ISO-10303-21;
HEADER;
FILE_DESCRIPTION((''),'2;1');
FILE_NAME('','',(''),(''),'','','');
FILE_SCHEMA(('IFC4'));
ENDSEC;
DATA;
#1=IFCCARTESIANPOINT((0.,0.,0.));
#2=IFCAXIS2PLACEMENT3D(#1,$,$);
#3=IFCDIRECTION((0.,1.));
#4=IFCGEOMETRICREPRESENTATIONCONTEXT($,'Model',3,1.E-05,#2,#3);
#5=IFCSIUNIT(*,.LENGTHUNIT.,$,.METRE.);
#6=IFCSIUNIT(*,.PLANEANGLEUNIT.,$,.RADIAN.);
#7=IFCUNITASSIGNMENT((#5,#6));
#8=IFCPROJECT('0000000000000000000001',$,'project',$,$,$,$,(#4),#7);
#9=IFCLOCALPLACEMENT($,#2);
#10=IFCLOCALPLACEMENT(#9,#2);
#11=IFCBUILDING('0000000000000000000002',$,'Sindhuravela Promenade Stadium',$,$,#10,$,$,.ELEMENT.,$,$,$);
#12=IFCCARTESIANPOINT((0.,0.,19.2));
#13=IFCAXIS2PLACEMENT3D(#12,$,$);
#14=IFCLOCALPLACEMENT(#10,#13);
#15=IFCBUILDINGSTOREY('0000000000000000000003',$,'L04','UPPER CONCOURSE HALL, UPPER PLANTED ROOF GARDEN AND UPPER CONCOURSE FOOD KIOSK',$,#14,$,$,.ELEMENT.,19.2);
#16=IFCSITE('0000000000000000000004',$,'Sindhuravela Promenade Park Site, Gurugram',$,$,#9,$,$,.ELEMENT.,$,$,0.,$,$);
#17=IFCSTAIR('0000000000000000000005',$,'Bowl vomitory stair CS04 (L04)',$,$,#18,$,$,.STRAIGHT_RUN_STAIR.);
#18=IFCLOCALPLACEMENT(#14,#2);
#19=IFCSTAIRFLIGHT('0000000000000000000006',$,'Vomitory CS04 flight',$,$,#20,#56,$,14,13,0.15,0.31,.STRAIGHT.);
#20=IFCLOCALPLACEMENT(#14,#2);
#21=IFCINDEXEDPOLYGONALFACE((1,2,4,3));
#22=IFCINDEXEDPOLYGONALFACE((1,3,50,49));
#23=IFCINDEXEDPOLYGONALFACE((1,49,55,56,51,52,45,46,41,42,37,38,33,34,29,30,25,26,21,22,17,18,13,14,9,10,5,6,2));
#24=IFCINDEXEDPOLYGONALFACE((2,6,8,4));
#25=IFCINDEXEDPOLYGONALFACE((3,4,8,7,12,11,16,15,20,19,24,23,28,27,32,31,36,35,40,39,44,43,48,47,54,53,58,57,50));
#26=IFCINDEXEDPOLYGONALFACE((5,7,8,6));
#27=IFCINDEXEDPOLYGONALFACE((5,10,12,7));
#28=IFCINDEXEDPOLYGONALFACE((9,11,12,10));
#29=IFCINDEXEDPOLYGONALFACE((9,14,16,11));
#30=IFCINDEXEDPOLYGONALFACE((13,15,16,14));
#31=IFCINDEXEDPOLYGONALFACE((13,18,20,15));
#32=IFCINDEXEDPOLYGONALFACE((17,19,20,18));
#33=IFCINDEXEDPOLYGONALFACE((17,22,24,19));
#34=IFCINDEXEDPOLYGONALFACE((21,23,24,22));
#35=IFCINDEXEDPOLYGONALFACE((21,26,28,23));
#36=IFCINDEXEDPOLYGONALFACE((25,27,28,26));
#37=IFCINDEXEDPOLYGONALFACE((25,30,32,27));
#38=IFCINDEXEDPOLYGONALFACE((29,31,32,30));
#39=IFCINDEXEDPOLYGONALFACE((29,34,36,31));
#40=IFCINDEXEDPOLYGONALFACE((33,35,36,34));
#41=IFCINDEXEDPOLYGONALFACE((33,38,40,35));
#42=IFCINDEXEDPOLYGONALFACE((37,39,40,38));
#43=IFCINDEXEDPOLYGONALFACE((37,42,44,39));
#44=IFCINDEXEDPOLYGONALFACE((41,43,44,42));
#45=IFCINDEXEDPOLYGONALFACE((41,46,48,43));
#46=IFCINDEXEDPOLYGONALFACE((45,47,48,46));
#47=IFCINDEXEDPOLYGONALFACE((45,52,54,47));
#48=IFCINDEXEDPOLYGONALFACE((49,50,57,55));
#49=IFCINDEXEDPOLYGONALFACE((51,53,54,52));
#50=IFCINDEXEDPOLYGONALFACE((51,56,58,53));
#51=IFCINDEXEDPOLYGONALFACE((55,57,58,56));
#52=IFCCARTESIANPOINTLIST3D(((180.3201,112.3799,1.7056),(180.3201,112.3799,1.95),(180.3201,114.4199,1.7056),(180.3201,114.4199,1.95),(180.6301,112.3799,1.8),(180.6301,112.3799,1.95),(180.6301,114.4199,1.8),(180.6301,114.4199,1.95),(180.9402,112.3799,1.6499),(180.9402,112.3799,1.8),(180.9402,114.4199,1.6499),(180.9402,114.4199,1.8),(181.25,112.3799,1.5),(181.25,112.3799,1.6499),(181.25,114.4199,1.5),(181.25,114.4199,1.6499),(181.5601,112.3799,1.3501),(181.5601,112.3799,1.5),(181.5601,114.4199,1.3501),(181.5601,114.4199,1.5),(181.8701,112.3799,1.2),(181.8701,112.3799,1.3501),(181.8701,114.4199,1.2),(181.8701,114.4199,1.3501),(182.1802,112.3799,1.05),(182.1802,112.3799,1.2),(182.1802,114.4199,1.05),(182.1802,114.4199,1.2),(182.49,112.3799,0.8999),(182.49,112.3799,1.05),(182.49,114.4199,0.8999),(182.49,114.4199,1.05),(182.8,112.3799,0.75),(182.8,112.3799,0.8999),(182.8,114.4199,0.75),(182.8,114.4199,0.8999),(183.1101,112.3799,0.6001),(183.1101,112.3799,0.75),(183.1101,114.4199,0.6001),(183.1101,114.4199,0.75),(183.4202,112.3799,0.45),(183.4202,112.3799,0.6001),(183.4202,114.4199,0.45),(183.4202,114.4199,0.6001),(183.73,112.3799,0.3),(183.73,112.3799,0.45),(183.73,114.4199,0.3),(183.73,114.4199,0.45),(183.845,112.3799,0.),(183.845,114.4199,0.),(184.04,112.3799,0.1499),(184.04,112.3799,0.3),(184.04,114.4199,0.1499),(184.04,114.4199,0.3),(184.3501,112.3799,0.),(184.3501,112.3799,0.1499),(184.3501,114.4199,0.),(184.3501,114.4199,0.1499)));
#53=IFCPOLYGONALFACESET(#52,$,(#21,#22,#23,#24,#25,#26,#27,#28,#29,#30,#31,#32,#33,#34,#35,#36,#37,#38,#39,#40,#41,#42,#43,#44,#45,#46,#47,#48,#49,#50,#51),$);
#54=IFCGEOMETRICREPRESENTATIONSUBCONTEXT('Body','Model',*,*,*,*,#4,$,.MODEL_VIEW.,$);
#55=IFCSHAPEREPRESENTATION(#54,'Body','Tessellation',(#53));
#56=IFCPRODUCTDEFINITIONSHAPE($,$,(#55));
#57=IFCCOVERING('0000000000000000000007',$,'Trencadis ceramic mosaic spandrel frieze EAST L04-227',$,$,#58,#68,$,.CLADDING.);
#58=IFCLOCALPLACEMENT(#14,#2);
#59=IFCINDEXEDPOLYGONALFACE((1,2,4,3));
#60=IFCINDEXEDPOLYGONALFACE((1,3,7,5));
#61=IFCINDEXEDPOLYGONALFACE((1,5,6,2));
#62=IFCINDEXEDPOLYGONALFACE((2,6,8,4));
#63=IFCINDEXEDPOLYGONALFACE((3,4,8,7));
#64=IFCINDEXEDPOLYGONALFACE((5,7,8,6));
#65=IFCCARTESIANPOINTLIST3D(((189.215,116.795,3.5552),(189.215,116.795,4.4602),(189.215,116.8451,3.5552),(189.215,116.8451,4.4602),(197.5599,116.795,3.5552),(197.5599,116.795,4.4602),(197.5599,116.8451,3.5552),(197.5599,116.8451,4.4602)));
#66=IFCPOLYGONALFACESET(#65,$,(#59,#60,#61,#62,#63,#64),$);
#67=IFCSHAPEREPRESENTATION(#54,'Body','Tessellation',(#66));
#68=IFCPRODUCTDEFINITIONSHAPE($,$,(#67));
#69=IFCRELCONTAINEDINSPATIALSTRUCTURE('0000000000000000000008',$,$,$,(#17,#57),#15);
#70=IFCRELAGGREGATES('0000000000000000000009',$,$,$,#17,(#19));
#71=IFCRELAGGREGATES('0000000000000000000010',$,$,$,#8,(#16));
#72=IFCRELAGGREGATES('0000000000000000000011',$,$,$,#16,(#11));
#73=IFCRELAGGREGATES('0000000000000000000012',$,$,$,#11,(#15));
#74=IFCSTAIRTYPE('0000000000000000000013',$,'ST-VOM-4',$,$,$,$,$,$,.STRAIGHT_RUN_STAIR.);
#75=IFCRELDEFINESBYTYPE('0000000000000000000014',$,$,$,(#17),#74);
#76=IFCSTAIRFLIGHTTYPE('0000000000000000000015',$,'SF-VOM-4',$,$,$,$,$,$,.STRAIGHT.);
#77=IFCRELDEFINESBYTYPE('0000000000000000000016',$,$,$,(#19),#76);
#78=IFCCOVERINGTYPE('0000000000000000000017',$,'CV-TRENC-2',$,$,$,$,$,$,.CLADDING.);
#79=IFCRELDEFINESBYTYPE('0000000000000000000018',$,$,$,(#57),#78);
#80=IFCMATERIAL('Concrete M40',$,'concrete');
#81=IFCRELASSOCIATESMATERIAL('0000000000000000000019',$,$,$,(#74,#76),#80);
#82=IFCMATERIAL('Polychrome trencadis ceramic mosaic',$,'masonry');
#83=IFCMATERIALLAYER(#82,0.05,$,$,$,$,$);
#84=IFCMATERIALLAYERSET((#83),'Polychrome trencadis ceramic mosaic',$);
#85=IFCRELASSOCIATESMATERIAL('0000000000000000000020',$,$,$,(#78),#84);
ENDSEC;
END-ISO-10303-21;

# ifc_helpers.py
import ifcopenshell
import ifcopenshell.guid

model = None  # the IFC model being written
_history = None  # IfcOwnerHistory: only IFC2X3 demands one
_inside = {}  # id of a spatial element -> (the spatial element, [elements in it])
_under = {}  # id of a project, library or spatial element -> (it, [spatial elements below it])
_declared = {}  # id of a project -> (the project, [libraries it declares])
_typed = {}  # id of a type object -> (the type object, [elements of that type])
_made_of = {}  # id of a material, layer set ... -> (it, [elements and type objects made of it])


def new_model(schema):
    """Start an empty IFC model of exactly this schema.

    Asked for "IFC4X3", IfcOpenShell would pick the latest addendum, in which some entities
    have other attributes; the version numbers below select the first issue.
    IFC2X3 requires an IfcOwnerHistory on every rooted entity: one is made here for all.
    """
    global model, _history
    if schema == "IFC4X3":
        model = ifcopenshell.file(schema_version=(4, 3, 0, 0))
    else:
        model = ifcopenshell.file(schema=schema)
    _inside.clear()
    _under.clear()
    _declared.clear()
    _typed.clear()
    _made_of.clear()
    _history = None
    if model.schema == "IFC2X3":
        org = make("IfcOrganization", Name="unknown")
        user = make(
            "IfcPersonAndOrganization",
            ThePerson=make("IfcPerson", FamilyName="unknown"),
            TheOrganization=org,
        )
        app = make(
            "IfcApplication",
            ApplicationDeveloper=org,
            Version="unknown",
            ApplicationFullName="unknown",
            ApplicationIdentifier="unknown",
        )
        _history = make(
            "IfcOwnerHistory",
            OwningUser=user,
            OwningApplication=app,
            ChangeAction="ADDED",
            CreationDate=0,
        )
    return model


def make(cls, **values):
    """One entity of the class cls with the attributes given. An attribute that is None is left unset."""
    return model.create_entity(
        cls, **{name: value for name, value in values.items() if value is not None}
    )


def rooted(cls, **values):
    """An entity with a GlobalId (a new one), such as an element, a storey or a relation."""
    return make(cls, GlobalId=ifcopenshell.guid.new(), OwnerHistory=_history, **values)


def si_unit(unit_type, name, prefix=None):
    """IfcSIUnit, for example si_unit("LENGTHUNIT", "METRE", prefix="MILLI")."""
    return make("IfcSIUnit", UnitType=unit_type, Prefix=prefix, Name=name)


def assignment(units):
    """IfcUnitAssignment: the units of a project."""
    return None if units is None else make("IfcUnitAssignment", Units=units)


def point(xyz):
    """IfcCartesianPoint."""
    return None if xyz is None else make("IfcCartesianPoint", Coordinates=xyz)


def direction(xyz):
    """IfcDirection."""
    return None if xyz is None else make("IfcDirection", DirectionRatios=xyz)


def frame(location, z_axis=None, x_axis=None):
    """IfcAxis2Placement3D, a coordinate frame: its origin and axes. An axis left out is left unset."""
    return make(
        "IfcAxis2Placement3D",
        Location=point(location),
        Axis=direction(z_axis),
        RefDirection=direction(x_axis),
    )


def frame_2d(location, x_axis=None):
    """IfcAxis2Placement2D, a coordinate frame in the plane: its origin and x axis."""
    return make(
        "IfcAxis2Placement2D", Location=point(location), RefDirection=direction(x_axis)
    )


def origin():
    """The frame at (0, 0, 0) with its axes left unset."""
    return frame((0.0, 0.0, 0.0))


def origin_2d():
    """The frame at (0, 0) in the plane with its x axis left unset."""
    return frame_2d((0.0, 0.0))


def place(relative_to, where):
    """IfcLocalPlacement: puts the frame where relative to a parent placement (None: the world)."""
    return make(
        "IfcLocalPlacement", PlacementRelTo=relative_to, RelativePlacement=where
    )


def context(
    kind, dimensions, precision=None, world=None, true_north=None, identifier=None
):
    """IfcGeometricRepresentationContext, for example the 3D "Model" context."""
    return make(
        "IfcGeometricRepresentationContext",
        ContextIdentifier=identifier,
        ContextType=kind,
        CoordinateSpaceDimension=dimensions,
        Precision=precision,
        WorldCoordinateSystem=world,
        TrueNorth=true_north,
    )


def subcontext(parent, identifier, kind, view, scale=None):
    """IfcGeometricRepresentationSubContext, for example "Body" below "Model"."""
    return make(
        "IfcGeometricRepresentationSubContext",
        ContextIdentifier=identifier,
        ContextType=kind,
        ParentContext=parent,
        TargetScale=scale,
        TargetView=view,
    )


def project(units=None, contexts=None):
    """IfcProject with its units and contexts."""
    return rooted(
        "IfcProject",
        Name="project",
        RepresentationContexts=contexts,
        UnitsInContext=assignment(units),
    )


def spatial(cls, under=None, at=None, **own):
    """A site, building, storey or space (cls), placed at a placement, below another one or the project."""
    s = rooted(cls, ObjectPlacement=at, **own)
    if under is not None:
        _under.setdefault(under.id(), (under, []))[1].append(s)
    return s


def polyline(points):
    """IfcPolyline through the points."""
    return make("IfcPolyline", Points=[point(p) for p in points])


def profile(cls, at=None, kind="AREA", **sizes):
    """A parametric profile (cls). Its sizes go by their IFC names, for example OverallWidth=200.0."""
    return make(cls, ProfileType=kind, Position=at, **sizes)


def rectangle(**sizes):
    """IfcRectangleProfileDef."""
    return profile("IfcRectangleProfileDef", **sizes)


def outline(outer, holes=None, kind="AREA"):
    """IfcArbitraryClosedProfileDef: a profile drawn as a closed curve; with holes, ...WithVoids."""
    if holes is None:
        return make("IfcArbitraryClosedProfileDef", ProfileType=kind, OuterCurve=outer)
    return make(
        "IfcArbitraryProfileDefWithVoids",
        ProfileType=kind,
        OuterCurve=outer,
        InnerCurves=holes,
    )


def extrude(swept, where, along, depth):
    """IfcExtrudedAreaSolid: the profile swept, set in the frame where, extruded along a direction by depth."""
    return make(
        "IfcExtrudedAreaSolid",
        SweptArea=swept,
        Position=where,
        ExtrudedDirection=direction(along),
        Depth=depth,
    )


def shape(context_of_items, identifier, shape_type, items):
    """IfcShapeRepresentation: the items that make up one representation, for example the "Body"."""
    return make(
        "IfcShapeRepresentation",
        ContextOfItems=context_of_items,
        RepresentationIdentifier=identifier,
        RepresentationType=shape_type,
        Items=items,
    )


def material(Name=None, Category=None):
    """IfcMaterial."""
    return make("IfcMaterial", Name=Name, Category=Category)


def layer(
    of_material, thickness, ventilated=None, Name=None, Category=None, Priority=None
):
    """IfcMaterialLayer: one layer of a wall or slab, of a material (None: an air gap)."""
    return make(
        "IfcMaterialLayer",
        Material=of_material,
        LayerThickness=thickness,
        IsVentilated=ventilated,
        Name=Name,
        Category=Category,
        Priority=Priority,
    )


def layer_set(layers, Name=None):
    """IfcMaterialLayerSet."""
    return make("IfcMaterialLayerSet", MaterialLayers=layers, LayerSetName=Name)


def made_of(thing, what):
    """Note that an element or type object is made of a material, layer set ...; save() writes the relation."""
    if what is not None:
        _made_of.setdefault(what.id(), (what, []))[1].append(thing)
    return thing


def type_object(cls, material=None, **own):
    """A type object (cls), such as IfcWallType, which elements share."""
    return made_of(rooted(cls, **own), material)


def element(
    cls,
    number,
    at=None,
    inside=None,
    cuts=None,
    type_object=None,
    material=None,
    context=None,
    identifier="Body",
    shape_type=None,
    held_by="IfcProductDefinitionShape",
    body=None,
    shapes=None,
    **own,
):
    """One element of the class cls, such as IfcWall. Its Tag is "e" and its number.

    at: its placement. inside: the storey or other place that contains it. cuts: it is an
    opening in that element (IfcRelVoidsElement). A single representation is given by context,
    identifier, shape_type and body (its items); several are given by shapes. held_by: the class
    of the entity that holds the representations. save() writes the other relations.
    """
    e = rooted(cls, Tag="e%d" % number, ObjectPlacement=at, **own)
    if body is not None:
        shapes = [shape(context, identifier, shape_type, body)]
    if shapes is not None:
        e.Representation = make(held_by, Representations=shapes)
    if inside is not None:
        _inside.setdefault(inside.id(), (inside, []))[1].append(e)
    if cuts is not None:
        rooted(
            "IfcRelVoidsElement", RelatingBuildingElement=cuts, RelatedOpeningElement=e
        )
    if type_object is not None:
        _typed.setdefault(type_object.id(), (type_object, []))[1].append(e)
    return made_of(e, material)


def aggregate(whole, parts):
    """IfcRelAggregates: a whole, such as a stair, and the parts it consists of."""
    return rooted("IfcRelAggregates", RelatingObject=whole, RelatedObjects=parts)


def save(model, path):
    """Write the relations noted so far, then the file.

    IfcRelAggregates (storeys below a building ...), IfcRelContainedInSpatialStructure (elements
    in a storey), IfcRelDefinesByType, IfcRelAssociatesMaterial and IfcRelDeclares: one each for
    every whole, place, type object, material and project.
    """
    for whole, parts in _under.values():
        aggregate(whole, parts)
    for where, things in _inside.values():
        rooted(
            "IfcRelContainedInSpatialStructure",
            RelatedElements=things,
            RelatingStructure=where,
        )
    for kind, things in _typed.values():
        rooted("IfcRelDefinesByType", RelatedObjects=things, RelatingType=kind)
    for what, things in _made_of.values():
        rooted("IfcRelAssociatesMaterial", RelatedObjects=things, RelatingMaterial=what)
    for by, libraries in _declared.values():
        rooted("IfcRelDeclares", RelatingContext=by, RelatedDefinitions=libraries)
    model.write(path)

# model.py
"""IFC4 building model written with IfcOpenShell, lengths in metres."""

from ifc_helpers import new_model, si_unit, direction, frame, origin, origin_2d, place, context, subcontext, project, spatial, polyline, rectangle, outline, extrude, material, layer, layer_set, type_object, element, aggregate, save


model = new_model("IFC4")

# Units and contexts
model_context = context("Model", 3, precision=1e-05, world=origin(), true_north=direction((0.0, 1.0)))
body_context = subcontext(model_context, "Body", "Model", "MODEL_VIEW")
ifc_project = project(units=[si_unit("LENGTHUNIT", "METRE"), si_unit("PLANEANGLEUNIT", "RADIAN")], contexts=[model_context])

# Site, building, storey
site_placement = place(None, origin())
site = spatial("IfcSite", under=ifc_project, at=site_placement, Name="Sindhuravela Promenade Park Site, Gurugram", CompositionType="ELEMENT", RefElevation=0.0)
building_placement = place(site_placement, origin())
building = spatial("IfcBuilding", under=site, at=building_placement, Name="Sindhuravela Promenade Stadium", CompositionType="ELEMENT")
storey_placement = place(building_placement, frame((0.0, 0.0, 19.2)))
storey = spatial("IfcBuildingStorey", under=building, at=storey_placement, Name="L04", Description="UPPER CONCOURSE HALL, UPPER PLANTED ROOF GARDEN AND UPPER CONCOURSE FOOD KIOSK", CompositionType="ELEMENT", Elevation=19.2)

# Shared definitions
ifc_material_1 = material(Name="Concrete M40", Category="concrete")

# Stair, stair flight
stair_type = type_object("IfcStairType", Name="ST-VOM-4", PredefinedType="STRAIGHT_RUN_STAIR", material=ifc_material_1)
stair_placement = place(storey_placement, origin())
stair = element("IfcStair", 1, at=stair_placement, inside=storey, type_object=stair_type, Name="Bowl vomitory stair CS04 (L04)", PredefinedType="STRAIGHT_RUN_STAIR")
stair_flight_type = type_object("IfcStairFlightType", Name="SF-VOM-4", PredefinedType="STRAIGHT", material=ifc_material_1)
stair_flight_placement = place(storey_placement, frame((184.3501, 113.3999, 0.0), z_axis=(0.0, 0.0, 1.0), x_axis=(-1.0, 0.0, 0.0)))
stair_flight = element("IfcStairFlight", 2, at=stair_flight_placement, type_object=stair_flight_type, Name="Vomitory CS04 flight", NumberOfRisers=14, NumberOfTreads=13, PredefinedType="STRAIGHT", RiserHeight=0.15, TreadLength=0.31, context=body_context, shape_type="SweptSolid", body=[
    extrude(outline(polyline([(0.0, 0.0), (0.0, 0.1499), (0.3101, 0.1499), (0.3101, 0.3), (0.6201, 0.3), (0.6201, 0.45), (0.9299, 0.45), (0.9299, 0.6001), (1.24, 0.6001), (1.24, 0.75), (1.55, 0.75), (1.55, 0.8999), (1.8601, 0.8999), (1.8601, 1.05), (2.1699, 1.05), (2.1699, 1.2), (2.48, 1.2), (2.48, 1.3501), (2.79, 1.3501), (2.79, 1.5), (3.1001, 1.5), (3.1001, 1.6499), (3.4099, 1.6499), (3.4099, 1.8), (3.72, 1.8), (3.72, 1.95), (4.03, 1.95), (4.03, 2.1001), (4.03, 1.7056), (0.5051, 0.0), (0.0, 0.0)])), frame((0.0, 1.02, 0.0), z_axis=(0.0, -1.0, 0.0), x_axis=(1.0, 0.0, 0.0)), (0.0, 0.0, 1.0), 2.04),
])
aggregate(stair, [stair_flight])

# Covering
ifc_material_2 = material(Name="Polychrome trencadis ceramic mosaic", Category="masonry")
ifc_layer_1 = layer(ifc_material_2, 0.05)
ifc_layer_set_1 = layer_set([ifc_layer_1], Name="Polychrome trencadis ceramic mosaic")
covering_type = type_object("IfcCoveringType", Name="CV-TRENC-2", PredefinedType="CLADDING", material=ifc_layer_set_1)
covering_placement = place(storey_placement, frame((193.3875, 116.8201, 3.5552), z_axis=(0.0, 0.0, 1.0), x_axis=(1.0, 0.0, 0.0)))
element("IfcCovering", 3, at=covering_placement, inside=storey, type_object=covering_type, Name="Trencadis ceramic mosaic spandrel frieze EAST L04-227", PredefinedType="CLADDING", context=body_context, shape_type="SweptSolid", body=[
    extrude(rectangle(XDim=8.345, YDim=0.05, at=origin_2d()), origin(), (0.0, 0.0, 1.0), 0.905),
])

save(model, "model.ifc")
